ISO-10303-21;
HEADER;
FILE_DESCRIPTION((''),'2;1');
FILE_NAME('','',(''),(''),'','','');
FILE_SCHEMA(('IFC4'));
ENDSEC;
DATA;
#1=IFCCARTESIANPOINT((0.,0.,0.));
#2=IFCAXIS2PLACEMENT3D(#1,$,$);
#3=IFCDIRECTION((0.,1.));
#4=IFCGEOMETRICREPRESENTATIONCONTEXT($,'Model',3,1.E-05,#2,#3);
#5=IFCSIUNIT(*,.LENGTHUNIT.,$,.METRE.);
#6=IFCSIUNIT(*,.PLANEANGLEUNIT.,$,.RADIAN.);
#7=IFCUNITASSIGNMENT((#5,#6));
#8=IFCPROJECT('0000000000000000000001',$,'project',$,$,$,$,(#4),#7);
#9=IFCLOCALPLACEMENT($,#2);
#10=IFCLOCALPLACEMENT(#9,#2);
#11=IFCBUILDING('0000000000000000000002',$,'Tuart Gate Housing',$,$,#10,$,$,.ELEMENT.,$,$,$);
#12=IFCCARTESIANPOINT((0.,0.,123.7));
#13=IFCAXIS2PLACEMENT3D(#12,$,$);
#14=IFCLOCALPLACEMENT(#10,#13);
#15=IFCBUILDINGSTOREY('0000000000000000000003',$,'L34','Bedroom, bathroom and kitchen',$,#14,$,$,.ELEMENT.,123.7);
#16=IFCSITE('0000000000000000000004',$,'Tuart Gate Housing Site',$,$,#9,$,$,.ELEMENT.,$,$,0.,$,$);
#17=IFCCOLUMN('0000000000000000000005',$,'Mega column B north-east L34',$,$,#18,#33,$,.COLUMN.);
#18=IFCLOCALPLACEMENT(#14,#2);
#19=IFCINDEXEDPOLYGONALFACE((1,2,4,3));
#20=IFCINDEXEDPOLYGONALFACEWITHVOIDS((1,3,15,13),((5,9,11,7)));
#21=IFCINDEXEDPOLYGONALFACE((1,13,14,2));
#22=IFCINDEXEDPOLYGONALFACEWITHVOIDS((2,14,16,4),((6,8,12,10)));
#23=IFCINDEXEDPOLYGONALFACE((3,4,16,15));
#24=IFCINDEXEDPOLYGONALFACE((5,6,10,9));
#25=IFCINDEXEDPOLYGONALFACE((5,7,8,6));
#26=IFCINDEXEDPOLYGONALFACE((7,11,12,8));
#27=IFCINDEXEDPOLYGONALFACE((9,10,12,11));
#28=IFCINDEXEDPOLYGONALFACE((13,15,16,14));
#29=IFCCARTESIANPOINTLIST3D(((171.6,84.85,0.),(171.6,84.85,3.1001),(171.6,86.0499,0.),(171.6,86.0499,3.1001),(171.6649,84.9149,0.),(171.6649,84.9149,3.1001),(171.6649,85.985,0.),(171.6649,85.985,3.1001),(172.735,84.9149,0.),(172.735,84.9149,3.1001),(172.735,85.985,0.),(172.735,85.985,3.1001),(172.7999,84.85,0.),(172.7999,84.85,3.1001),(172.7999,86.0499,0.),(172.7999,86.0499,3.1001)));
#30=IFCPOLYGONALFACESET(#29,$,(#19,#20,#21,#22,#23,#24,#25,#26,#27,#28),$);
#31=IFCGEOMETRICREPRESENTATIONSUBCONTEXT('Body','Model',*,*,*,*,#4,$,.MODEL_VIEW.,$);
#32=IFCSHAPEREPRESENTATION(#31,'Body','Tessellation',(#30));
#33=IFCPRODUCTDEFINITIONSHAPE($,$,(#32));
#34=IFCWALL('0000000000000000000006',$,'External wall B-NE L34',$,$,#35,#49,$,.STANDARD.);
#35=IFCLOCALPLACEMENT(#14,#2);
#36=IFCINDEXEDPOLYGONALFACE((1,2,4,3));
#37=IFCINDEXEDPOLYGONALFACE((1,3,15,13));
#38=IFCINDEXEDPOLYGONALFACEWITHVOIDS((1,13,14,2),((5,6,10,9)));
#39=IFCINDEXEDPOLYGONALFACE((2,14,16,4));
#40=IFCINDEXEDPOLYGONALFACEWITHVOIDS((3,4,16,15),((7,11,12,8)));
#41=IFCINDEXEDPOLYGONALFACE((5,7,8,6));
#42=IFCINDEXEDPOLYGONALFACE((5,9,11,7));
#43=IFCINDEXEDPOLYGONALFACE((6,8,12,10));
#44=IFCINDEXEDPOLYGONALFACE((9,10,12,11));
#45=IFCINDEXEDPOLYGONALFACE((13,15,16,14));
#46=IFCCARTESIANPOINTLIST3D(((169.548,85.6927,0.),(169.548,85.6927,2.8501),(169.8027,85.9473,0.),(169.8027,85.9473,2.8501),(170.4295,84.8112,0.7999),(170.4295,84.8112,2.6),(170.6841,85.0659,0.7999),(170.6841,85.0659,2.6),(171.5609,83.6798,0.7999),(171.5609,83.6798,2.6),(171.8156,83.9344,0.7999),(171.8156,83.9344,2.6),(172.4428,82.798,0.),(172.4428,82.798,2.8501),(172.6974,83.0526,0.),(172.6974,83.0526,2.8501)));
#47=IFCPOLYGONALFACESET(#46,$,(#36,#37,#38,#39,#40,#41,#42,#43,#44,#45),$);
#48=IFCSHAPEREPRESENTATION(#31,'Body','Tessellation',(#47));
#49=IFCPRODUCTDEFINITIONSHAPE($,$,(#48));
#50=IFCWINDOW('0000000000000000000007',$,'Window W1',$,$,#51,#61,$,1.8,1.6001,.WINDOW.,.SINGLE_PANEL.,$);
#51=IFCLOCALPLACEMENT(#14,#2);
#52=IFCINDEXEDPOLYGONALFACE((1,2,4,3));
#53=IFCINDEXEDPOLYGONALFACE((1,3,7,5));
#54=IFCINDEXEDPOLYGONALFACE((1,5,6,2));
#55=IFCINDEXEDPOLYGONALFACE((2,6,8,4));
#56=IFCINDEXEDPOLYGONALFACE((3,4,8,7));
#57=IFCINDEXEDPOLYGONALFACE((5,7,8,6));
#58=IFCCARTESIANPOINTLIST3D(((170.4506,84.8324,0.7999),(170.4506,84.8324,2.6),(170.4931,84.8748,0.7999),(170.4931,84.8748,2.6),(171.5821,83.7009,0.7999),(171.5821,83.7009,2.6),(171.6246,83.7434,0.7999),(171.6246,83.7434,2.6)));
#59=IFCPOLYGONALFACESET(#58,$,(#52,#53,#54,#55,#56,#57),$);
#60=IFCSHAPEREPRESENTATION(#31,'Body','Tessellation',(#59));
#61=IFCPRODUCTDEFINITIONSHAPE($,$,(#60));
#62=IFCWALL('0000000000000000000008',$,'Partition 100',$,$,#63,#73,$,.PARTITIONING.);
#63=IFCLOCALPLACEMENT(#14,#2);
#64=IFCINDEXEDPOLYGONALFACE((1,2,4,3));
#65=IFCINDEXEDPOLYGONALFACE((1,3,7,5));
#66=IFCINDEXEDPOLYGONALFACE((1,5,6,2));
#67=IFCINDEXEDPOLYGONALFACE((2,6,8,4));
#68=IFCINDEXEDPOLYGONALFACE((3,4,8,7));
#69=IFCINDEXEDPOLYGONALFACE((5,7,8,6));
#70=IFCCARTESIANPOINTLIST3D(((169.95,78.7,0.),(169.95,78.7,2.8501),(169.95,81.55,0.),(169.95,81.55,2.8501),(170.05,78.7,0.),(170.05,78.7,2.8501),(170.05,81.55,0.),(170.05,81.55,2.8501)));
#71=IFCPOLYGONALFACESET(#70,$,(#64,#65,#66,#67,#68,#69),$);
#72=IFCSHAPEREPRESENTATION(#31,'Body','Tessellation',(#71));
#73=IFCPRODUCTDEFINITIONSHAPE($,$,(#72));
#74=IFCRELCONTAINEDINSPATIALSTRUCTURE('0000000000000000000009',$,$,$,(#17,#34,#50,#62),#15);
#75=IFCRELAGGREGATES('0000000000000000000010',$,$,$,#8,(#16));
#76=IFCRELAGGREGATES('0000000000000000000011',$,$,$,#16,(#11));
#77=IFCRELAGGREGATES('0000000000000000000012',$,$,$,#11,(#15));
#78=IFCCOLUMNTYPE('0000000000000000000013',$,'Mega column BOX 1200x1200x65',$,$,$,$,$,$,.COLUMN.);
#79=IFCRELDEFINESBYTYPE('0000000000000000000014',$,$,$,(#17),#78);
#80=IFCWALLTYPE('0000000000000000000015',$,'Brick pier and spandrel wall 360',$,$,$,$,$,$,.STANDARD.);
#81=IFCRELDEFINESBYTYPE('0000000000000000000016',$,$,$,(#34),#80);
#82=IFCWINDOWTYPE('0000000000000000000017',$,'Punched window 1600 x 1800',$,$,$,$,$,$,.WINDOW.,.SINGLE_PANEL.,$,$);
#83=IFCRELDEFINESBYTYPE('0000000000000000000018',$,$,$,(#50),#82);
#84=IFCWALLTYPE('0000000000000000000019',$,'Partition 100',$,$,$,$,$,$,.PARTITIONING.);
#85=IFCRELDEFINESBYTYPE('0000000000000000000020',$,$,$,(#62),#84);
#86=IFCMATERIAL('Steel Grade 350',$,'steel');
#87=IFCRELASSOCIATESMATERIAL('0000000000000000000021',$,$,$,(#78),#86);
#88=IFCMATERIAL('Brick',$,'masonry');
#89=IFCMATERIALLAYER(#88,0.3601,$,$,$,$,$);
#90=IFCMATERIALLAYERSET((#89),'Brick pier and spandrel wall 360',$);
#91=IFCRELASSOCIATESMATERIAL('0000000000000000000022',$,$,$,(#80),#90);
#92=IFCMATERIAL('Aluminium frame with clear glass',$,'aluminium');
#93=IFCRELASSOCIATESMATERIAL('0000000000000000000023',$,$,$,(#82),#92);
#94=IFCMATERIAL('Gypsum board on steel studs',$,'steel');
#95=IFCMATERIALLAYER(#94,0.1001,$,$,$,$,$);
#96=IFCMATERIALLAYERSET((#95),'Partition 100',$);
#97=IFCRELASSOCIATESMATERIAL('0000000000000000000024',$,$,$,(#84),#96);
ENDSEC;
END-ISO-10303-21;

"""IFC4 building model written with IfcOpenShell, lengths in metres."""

from ifc_helpers import new_model, si_unit, direction, frame, frame_2d, origin, origin_2d, place, context, subcontext, project, spatial, rectangle, hollow_rectangle, extrude, material, layer, layer_set, material_profile, profile_set, type_object, element, fill, save


model = new_model("IFC4")

# Units and contexts
model_context = context("Model", 3, precision=1e-05, world=origin(), true_north=direction((0.0, 1.0)))
body_context = subcontext(model_context, "Body", "Model", "MODEL_VIEW")
ifc_project = project(units=[si_unit("LENGTHUNIT", "METRE"), si_unit("PLANEANGLEUNIT", "RADIAN")], contexts=[model_context])

# Site, building, storey
site_placement = place(None, origin())
site = spatial("IfcSite", under=ifc_project, at=site_placement, Name="Tuart Gate Housing Site", CompositionType="ELEMENT", RefElevation=0.0)
building_placement = place(site_placement, origin())
building = spatial("IfcBuilding", under=site, at=building_placement, Name="Tuart Gate Housing", CompositionType="ELEMENT")
storey_placement = place(building_placement, frame((0.0, 0.0, 123.7)))
storey = spatial("IfcBuildingStorey", under=building, at=storey_placement, Name="L34", Description="Bedroom, bathroom and kitchen", CompositionType="ELEMENT", Elevation=123.7)

# Column
ifc_material_1 = material(Name="Steel Grade 350", Category="steel")
ifc_material_profile = material_profile(ifc_material_1, hollow_rectangle(XDim=1.2, YDim=1.2, WallThickness=0.0649, at=origin_2d()), Name="BOX 1200x1200x65")
ifc_profile_set = profile_set([ifc_material_profile], Name="Steel Grade 350")
column_type = type_object("IfcColumnType", Name="Mega column BOX 1200x1200x65", PredefinedType="COLUMN", material=ifc_profile_set)
column_placement = place(storey_placement, frame((172.2, 85.45, 0.0), z_axis=(0.0, 0.0, 1.0), x_axis=(1.0, 0.0, 0.0)))
element("IfcColumn", 1, at=column_placement, inside=storey, type_object=column_type, Name="Mega column B north-east L34", PredefinedType="COLUMN", context=body_context, shape_type="SweptSolid", body=[
    extrude(hollow_rectangle(XDim=1.2, YDim=1.2, WallThickness=0.0649, at=origin_2d()), origin(), (0.0, 0.0, 1.0), 3.1001),
])

# Wall, opening, window
ifc_material_2 = material(Name="Brick", Category="masonry")
ifc_layer_1 = layer(ifc_material_2, 0.3601)
ifc_layer_set_1 = layer_set([ifc_layer_1], Name="Brick pier and spandrel wall 360")
wall_type_1 = type_object("IfcWallType", Name="Brick pier and spandrel wall 360", PredefinedType="STANDARD", material=ifc_layer_set_1)
wall_1_placement = place(storey_placement, frame((172.5701, 82.9253, 0.0), z_axis=(0.0, 0.0, 1.0), x_axis=(-0.707107, 0.707107, 0.0)))
wall_1 = element("IfcWall", 2, at=wall_1_placement, inside=storey, type_object=wall_type_1, Name="External wall B-NE L34", PredefinedType="STANDARD", context=body_context, shape_type="SweptSolid", body=[
    extrude(rectangle(XDim=4.0938, YDim=0.3601, at=frame_2d((2.0469, 0.0))), origin(), (0.0, 0.0, 1.0), 2.8501),
])
opening_1_placement = place(wall_1_placement, frame((1.2471, 0.0, 0.8)))
opening_1 = element("IfcOpeningElement", 3, at=opening_1_placement, cuts=wall_1, PredefinedType="OPENING", context=body_context, shape_type="SweptSolid", body=[
    extrude(rectangle(XDim=1.6001, YDim=1.8, at=frame_2d((0.8, 0.8999))), frame((0.0, 0.1899, 0.0), z_axis=(0.0, -1.0, 0.0), x_axis=(1.0, 0.0, 0.0)), (0.0, 0.0, 1.0), 0.3801),
])
ifc_material_3 = material(Name="Aluminium frame with clear glass", Category="aluminium")
window_type_1 = type_object("IfcWindowType", Name="Punched window 1600 x 1800", PartitioningType="SINGLE_PANEL", PredefinedType="WINDOW", material=ifc_material_3)
window_1_placement = place(opening_1_placement, origin())
window_1 = element("IfcWindow", 4, at=window_1_placement, inside=storey, type_object=window_type_1, Name="Window W1", OverallHeight=1.8, OverallWidth=1.6001, PartitioningType="SINGLE_PANEL", PredefinedType="WINDOW", context=body_context, shape_type="SweptSolid", body=[
    extrude(rectangle(XDim=1.6001, YDim=1.8, at=frame_2d((0.8, 0.8999))), frame((0.0, 0.1501, 0.0), z_axis=(0.0, -1.0, 0.0), x_axis=(1.0, 0.0, 0.0)), (0.0, 0.0, 1.0), 0.0601),
])
fill(opening_1, window_1)

# Wall
ifc_material_4 = material(Name="Gypsum board on steel studs", Category="steel")
ifc_layer_2 = layer(ifc_material_4, 0.1001)
ifc_layer_set_2 = layer_set([ifc_layer_2], Name="Partition 100")
wall_type_2 = type_object("IfcWallType", Name="Partition 100", PredefinedType="PARTITIONING", material=ifc_layer_set_2)
wall_2_placement = place(storey_placement, frame((170.0, 78.7, 0.0), z_axis=(0.0, 0.0, 1.0), x_axis=(0.0, 1.0, 0.0)))
element("IfcWall", 5, at=wall_2_placement, inside=storey, type_object=wall_type_2, Name="Partition 100", PredefinedType="PARTITIONING", context=body_context, shape_type="SweptSolid", body=[
    extrude(rectangle(XDim=2.8501, YDim=0.1001, at=frame_2d((1.425, 0.0))), origin(), (0.0, 0.0, 1.0), 2.8501),
])

save(model, "model.ifc")
